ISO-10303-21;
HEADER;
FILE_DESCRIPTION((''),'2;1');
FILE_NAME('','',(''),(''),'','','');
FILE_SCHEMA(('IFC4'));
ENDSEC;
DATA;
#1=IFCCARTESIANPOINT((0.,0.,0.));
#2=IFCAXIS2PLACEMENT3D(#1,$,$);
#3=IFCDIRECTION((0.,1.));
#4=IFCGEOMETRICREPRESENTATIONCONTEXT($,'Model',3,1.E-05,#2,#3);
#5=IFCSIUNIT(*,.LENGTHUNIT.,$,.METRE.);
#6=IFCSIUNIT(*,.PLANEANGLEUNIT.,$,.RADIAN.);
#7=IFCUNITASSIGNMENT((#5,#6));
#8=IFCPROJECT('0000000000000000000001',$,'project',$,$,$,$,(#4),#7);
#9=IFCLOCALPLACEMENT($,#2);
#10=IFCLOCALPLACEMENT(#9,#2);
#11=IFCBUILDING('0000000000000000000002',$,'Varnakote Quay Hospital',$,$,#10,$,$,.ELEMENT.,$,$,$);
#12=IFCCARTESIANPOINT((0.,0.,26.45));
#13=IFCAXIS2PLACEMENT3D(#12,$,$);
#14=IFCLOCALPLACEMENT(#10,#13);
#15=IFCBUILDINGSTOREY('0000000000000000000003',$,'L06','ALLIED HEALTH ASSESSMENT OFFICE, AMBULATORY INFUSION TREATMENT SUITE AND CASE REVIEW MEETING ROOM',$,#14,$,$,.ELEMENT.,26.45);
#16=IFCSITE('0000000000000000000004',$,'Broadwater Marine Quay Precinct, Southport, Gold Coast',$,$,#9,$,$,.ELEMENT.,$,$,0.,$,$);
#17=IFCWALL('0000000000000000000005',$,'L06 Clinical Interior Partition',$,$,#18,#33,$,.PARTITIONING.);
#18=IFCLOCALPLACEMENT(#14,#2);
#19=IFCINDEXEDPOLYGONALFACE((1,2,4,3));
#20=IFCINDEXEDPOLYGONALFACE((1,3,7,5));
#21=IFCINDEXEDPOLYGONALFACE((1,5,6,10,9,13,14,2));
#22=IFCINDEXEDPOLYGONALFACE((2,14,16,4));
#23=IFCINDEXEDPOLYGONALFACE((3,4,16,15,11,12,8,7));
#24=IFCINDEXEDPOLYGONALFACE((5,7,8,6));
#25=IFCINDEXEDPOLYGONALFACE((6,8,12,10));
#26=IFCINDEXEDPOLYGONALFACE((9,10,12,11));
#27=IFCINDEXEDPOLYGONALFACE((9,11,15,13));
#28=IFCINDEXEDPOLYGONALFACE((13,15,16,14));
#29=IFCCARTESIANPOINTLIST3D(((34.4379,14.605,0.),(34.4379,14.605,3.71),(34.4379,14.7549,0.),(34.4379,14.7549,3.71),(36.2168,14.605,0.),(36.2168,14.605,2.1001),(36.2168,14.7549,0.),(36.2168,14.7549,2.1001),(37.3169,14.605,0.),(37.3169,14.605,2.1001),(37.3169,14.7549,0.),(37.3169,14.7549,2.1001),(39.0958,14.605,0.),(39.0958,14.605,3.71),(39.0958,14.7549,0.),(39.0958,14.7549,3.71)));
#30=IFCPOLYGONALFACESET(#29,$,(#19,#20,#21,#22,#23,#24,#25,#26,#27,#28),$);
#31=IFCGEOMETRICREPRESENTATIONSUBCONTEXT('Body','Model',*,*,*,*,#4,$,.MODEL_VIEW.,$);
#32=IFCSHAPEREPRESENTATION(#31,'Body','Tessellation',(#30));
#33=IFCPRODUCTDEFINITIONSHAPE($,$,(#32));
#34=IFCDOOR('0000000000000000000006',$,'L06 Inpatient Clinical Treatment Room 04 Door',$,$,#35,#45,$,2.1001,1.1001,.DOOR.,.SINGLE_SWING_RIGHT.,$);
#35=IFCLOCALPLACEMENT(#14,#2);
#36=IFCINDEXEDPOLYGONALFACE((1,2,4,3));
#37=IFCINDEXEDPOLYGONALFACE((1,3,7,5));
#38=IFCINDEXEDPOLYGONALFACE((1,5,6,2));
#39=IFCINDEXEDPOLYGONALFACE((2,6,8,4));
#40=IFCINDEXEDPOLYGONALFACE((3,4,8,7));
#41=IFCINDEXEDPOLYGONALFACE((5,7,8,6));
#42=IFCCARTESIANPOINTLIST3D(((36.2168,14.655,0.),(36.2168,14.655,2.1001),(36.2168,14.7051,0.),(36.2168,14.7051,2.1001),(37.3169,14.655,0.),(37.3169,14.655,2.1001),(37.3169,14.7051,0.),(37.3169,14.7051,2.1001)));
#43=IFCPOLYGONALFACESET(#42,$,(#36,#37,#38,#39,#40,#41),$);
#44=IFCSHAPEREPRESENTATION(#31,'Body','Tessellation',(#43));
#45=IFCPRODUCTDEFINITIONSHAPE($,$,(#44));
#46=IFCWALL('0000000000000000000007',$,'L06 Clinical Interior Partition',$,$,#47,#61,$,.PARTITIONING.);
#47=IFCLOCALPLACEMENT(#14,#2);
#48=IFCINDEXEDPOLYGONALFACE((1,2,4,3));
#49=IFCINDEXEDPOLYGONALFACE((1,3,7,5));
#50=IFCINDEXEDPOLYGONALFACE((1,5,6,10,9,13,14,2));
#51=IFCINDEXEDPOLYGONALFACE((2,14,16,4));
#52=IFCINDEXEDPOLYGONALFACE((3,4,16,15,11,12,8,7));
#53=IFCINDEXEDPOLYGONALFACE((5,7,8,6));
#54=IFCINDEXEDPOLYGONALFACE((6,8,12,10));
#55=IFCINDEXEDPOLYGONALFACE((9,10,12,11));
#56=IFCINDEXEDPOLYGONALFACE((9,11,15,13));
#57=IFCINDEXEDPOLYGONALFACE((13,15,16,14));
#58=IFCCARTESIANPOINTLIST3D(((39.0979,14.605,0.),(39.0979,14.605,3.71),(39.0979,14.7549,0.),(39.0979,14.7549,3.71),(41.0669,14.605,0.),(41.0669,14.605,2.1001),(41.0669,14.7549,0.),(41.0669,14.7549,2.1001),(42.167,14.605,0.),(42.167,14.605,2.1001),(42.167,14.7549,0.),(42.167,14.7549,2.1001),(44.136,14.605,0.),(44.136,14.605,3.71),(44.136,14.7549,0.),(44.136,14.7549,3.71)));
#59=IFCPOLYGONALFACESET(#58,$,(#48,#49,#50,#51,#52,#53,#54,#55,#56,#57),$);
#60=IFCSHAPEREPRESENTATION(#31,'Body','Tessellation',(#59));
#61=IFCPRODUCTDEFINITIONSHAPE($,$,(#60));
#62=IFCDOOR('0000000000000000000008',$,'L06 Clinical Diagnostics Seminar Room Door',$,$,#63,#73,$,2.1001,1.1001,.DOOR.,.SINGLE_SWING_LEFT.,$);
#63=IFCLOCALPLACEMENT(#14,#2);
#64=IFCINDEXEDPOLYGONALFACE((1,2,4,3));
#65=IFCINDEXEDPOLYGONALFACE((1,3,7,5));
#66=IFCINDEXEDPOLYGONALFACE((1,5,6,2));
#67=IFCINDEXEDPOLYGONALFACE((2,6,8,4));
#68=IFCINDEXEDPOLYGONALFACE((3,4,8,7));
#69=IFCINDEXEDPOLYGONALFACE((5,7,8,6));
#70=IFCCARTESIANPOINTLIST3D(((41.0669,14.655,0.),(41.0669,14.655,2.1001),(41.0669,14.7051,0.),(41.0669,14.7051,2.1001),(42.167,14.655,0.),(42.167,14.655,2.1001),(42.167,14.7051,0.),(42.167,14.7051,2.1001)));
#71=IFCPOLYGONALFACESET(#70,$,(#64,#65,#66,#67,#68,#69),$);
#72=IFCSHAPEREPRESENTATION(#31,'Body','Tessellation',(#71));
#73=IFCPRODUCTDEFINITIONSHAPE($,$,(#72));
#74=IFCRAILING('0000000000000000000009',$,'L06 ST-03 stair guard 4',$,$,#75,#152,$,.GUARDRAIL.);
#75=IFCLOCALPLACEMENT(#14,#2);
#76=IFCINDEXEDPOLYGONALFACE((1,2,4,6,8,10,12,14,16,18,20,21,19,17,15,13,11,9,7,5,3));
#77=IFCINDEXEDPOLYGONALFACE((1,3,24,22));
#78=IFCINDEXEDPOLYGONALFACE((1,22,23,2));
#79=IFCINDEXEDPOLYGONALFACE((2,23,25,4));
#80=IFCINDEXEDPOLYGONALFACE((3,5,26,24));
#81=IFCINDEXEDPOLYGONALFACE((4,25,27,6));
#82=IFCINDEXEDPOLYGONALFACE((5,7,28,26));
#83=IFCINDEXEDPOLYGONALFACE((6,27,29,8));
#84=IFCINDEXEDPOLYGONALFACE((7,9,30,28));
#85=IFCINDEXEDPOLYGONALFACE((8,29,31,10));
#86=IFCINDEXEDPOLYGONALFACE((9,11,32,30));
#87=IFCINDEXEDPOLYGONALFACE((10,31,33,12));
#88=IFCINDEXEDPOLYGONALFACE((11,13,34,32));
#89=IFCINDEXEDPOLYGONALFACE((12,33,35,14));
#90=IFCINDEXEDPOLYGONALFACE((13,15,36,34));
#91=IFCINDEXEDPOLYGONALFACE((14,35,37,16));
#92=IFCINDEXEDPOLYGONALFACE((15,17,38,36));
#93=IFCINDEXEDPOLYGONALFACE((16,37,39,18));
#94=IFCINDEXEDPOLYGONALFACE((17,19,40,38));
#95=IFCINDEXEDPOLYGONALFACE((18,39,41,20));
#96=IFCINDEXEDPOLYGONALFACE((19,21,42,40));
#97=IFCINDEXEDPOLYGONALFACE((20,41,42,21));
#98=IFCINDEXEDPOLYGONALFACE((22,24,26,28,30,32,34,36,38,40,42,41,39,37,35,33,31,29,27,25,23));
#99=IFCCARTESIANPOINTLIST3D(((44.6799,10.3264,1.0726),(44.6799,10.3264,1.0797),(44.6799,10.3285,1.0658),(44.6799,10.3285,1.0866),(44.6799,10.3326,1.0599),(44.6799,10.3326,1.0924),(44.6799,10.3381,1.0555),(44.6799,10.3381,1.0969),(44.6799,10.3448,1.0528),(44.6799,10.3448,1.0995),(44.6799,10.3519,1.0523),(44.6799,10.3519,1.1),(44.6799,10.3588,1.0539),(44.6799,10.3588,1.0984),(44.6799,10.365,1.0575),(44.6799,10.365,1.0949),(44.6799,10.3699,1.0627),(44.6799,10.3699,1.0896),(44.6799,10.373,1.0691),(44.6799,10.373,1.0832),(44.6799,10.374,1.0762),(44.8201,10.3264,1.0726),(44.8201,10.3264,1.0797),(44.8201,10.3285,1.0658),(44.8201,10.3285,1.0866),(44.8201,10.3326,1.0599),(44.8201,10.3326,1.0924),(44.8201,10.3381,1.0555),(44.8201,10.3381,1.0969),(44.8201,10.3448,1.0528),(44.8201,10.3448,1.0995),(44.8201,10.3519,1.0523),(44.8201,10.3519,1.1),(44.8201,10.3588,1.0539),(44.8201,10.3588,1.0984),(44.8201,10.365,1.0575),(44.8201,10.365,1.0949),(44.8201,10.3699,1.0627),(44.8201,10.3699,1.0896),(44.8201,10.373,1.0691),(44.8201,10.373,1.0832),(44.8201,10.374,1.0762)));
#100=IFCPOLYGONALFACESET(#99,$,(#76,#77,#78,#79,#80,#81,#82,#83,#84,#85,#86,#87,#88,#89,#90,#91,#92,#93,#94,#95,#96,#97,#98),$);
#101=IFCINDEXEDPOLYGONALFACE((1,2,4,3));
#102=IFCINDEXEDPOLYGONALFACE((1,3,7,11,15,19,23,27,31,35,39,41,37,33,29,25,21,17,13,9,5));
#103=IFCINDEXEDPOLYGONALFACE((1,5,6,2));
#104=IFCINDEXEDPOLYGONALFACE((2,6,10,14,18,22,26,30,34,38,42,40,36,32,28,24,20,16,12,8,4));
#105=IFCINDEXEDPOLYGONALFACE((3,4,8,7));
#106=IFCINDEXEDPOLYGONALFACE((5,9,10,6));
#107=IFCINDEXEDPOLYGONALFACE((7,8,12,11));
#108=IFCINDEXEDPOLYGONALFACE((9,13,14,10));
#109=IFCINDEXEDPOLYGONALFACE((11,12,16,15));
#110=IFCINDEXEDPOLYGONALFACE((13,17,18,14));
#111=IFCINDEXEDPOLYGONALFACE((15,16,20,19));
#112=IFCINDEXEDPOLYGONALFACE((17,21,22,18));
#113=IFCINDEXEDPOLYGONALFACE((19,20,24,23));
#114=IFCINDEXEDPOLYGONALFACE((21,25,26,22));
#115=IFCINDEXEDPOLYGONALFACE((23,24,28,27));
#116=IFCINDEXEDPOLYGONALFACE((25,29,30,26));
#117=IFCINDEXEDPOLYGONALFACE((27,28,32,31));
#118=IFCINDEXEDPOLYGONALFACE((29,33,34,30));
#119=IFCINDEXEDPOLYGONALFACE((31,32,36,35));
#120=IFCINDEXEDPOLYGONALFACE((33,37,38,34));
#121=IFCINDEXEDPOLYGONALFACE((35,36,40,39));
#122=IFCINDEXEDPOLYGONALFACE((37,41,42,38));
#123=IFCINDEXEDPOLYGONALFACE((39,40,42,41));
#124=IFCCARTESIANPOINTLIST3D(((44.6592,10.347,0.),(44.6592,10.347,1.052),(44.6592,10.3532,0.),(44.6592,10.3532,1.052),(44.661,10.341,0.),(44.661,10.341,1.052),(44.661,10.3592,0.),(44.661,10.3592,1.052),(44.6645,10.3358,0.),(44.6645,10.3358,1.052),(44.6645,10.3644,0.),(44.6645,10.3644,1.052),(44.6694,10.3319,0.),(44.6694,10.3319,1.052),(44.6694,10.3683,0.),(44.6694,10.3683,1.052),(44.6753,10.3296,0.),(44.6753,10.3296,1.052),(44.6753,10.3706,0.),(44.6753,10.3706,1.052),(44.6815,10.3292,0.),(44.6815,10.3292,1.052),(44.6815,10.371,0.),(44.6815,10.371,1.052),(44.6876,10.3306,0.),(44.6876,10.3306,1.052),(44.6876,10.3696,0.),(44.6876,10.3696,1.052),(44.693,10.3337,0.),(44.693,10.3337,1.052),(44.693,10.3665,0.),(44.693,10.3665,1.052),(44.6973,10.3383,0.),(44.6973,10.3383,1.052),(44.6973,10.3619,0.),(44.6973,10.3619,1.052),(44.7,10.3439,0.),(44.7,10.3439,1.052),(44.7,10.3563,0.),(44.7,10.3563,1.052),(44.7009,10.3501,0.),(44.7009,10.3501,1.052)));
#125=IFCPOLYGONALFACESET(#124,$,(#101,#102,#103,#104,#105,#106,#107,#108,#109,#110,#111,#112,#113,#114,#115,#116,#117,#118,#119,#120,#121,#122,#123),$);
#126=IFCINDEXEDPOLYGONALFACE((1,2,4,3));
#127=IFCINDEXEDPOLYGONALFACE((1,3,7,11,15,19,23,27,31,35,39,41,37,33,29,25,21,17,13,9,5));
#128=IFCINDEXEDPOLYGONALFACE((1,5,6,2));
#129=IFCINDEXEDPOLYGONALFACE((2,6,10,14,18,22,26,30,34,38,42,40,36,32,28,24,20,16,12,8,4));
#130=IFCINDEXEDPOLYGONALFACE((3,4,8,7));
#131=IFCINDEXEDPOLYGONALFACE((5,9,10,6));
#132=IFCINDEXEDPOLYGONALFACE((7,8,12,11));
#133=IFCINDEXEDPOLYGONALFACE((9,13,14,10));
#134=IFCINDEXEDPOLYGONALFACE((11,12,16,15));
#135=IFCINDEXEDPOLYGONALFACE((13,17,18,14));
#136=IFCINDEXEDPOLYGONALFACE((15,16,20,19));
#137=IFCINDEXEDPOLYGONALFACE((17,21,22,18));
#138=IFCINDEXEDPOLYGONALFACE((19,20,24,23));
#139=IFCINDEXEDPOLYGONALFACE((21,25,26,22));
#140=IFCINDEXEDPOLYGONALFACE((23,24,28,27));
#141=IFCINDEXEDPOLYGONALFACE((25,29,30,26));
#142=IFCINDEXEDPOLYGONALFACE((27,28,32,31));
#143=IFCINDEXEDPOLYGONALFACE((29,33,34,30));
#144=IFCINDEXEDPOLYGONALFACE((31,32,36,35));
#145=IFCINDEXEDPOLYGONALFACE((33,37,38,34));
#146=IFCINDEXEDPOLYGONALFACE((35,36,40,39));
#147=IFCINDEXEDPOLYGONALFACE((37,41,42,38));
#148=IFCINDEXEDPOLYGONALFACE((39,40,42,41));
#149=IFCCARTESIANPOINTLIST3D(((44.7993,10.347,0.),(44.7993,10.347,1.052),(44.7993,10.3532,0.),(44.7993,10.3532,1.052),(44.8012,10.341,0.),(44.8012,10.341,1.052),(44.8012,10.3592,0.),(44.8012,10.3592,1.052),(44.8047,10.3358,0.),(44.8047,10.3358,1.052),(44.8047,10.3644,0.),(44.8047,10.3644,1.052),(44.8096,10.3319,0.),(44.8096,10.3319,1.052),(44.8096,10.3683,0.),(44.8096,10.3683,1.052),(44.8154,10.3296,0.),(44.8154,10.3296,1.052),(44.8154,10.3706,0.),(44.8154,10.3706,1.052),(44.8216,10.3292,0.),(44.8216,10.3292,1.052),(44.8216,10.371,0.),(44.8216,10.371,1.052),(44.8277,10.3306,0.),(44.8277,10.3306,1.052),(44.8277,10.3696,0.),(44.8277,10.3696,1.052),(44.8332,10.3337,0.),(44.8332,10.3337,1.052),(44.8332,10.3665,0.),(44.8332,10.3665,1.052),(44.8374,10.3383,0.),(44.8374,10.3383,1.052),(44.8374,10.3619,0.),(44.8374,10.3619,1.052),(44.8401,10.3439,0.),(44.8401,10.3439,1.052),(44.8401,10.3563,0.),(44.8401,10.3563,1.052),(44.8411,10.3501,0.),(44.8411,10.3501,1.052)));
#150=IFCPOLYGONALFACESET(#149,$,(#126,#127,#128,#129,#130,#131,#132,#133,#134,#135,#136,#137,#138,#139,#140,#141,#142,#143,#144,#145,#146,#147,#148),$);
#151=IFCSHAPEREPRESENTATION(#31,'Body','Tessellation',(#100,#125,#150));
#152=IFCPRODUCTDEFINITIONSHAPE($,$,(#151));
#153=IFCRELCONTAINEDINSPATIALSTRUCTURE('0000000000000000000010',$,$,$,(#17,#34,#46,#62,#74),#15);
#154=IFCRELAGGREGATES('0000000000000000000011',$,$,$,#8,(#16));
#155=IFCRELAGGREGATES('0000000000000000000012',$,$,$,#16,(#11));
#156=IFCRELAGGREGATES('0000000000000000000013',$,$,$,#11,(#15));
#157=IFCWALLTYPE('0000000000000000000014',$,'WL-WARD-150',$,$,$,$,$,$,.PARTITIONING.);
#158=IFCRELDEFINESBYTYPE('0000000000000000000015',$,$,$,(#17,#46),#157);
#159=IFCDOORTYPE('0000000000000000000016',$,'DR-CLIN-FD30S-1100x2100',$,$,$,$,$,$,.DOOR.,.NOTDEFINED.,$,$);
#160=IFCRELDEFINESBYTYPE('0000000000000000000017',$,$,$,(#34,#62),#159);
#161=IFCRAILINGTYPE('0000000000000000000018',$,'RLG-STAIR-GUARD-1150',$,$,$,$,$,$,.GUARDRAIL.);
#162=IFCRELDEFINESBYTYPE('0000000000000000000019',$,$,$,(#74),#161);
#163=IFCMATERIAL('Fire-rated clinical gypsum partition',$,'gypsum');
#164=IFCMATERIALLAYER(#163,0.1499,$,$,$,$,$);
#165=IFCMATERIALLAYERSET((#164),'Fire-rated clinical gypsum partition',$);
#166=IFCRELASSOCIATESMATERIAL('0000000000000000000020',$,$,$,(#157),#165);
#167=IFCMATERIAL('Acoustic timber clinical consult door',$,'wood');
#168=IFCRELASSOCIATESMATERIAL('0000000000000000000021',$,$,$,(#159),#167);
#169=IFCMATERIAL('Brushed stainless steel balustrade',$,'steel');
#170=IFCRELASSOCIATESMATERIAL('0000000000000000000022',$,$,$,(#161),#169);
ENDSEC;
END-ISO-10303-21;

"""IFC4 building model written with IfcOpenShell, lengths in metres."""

from ifc_helpers import new_model, si_unit, direction, frame, frame_2d, origin, origin_2d, place, context, subcontext, project, spatial, rectangle, circle, extrude, material, layer, layer_set, type_object, element, fill, save


model = new_model("IFC4")

# Units and contexts
model_context = context("Model", 3, precision=1e-05, world=origin(), true_north=direction((0.0, 1.0)))
body_context = subcontext(model_context, "Body", "Model", "MODEL_VIEW")
ifc_project = project(units=[si_unit("LENGTHUNIT", "METRE"), si_unit("PLANEANGLEUNIT", "RADIAN")], contexts=[model_context])

# Site, building, storey
site_placement = place(None, origin())
site = spatial("IfcSite", under=ifc_project, at=site_placement, Name="Broadwater Marine Quay Precinct, Southport, Gold Coast", CompositionType="ELEMENT", RefElevation=0.0)
building_placement = place(site_placement, origin())
building = spatial("IfcBuilding", under=site, at=building_placement, Name="Varnakote Quay Hospital", CompositionType="ELEMENT")
storey_placement = place(building_placement, frame((0.0, 0.0, 26.45)))
storey = spatial("IfcBuildingStorey", under=building, at=storey_placement, Name="L06", Description="ALLIED HEALTH ASSESSMENT OFFICE, AMBULATORY INFUSION TREATMENT SUITE AND CASE REVIEW MEETING ROOM", CompositionType="ELEMENT", Elevation=26.45)

# Walls, openings, doors
ifc_material_1 = material(Name="Fire-rated clinical gypsum partition", Category="gypsum")
ifc_layer_1 = layer(ifc_material_1, 0.1499)
ifc_layer_set_1 = layer_set([ifc_layer_1], Name="Fire-rated clinical gypsum partition")
wall_type_1 = type_object("IfcWallType", Name="WL-WARD-150", PredefinedType="PARTITIONING", material=ifc_layer_set_1)
ifc_material_2 = material(Name="Acoustic timber clinical consult door", Category="wood")
door_type_1 = type_object("IfcDoorType", Name="DR-CLIN-FD30S-1100x2100", OperationType="NOTDEFINED", PredefinedType="DOOR", material=ifc_material_2)
wall_1_placement = place(storey_placement, frame((39.0959, 14.6799, 0.0), z_axis=(0.0, 0.0, 1.0), x_axis=(-1.0, 0.0, 0.0)))
wall_1 = element("IfcWall", 1, at=wall_1_placement, inside=storey, type_object=wall_type_1, Name="L06 Clinical Interior Partition", PredefinedType="PARTITIONING", context=body_context, shape_type="SweptSolid", body=[
    extrude(rectangle(XDim=4.658, YDim=0.1499, at=frame_2d((2.3291, 0.0))), origin(), (0.0, 0.0, 1.0), 3.71),
])
opening_1_placement = place(wall_1_placement, frame((1.7791, 0.0, 0.0)))
opening_1 = element("IfcOpeningElement", 2, at=opening_1_placement, cuts=wall_1, PredefinedType="OPENING", context=body_context, shape_type="SweptSolid", body=[
    extrude(rectangle(XDim=1.1001, YDim=2.1001, at=frame_2d((0.55, 1.05))), frame((0.0, 0.085, 0.0), z_axis=(0.0, -1.0, 0.0), x_axis=(1.0, 0.0, 0.0)), (0.0, 0.0, 1.0), 0.1699),
])
door_1_placement = place(opening_1_placement, origin())
door_1 = element("IfcDoor", 3, at=door_1_placement, inside=storey, type_object=door_type_1, Name="L06 Inpatient Clinical Treatment Room 04 Door", OperationType="SINGLE_SWING_RIGHT", OverallHeight=2.1001, OverallWidth=1.1001, PredefinedType="DOOR", context=body_context, shape_type="SweptSolid", body=[
    extrude(rectangle(XDim=1.1001, YDim=2.1001, at=frame_2d((0.55, 1.05))), frame((0.0, 0.0249, 0.0), z_axis=(0.0, -1.0, 0.0), x_axis=(1.0, 0.0, 0.0)), (0.0, 0.0, 1.0), 0.05),
])
fill(opening_1, door_1)
wall_2_placement = place(storey_placement, frame((44.136, 14.6799, 0.0), z_axis=(0.0, 0.0, 1.0), x_axis=(-1.0, 0.0, 0.0)))
wall_2 = element("IfcWall", 4, at=wall_2_placement, inside=storey, type_object=wall_type_1, Name="L06 Clinical Interior Partition", PredefinedType="PARTITIONING", context=body_context, shape_type="SweptSolid", body=[
    extrude(rectangle(XDim=5.0381, YDim=0.1499, at=frame_2d((2.519, 0.0))), origin(), (0.0, 0.0, 1.0), 3.71),
])
opening_2_placement = place(wall_2_placement, frame((1.969, 0.0, 0.0)))
opening_2 = element("IfcOpeningElement", 5, at=opening_2_placement, cuts=wall_2, PredefinedType="OPENING", context=body_context, shape_type="SweptSolid", body=[
    extrude(rectangle(XDim=1.1001, YDim=2.1001, at=frame_2d((0.55, 1.05))), frame((0.0, 0.085, 0.0), z_axis=(0.0, -1.0, 0.0), x_axis=(1.0, 0.0, 0.0)), (0.0, 0.0, 1.0), 0.1699),
])
door_2_placement = place(opening_2_placement, origin())
door_2 = element("IfcDoor", 6, at=door_2_placement, inside=storey, type_object=door_type_1, Name="L06 Clinical Diagnostics Seminar Room Door", OperationType="SINGLE_SWING_LEFT", OverallHeight=2.1001, OverallWidth=1.1001, PredefinedType="DOOR", context=body_context, shape_type="SweptSolid", body=[
    extrude(rectangle(XDim=1.1001, YDim=2.1001, at=frame_2d((0.55, 1.05))), frame((0.0, 0.0249, 0.0), z_axis=(0.0, -1.0, 0.0), x_axis=(1.0, 0.0, 0.0)), (0.0, 0.0, 1.0), 0.05),
])
fill(opening_2, door_2)

# Railing
ifc_material_3 = material(Name="Brushed stainless steel balustrade", Category="steel")
railing_type = type_object("IfcRailingType", Name="RLG-STAIR-GUARD-1150", PredefinedType="GUARDRAIL", material=ifc_material_3)
railing_placement = place(storey_placement, frame((44.6799, 10.3501, 0.0)))
element("IfcRailing", 7, at=railing_placement, inside=storey, type_object=railing_type, Name="L06 ST-03 stair guard 4", PredefinedType="GUARDRAIL", context=body_context, shape_type="SweptSolid", body=[
    extrude(circle(Radius=0.0239, at=origin_2d()), frame((0.0, 0.0, 1.0762), z_axis=(1.0, 0.0, 0.0), x_axis=(0.0, 1.0, 0.0)), (0.0, 0.0, 1.0), 0.1401),
    extrude(circle(Radius=0.021, at=origin_2d()), origin(), (0.0, 0.0, 1.0), 1.052),
    extrude(circle(Radius=0.021, at=origin_2d()), frame((0.1401, 0.0, 0.0)), (0.0, 0.0, 1.0), 1.052),
])

save(model, "model.ifc")
